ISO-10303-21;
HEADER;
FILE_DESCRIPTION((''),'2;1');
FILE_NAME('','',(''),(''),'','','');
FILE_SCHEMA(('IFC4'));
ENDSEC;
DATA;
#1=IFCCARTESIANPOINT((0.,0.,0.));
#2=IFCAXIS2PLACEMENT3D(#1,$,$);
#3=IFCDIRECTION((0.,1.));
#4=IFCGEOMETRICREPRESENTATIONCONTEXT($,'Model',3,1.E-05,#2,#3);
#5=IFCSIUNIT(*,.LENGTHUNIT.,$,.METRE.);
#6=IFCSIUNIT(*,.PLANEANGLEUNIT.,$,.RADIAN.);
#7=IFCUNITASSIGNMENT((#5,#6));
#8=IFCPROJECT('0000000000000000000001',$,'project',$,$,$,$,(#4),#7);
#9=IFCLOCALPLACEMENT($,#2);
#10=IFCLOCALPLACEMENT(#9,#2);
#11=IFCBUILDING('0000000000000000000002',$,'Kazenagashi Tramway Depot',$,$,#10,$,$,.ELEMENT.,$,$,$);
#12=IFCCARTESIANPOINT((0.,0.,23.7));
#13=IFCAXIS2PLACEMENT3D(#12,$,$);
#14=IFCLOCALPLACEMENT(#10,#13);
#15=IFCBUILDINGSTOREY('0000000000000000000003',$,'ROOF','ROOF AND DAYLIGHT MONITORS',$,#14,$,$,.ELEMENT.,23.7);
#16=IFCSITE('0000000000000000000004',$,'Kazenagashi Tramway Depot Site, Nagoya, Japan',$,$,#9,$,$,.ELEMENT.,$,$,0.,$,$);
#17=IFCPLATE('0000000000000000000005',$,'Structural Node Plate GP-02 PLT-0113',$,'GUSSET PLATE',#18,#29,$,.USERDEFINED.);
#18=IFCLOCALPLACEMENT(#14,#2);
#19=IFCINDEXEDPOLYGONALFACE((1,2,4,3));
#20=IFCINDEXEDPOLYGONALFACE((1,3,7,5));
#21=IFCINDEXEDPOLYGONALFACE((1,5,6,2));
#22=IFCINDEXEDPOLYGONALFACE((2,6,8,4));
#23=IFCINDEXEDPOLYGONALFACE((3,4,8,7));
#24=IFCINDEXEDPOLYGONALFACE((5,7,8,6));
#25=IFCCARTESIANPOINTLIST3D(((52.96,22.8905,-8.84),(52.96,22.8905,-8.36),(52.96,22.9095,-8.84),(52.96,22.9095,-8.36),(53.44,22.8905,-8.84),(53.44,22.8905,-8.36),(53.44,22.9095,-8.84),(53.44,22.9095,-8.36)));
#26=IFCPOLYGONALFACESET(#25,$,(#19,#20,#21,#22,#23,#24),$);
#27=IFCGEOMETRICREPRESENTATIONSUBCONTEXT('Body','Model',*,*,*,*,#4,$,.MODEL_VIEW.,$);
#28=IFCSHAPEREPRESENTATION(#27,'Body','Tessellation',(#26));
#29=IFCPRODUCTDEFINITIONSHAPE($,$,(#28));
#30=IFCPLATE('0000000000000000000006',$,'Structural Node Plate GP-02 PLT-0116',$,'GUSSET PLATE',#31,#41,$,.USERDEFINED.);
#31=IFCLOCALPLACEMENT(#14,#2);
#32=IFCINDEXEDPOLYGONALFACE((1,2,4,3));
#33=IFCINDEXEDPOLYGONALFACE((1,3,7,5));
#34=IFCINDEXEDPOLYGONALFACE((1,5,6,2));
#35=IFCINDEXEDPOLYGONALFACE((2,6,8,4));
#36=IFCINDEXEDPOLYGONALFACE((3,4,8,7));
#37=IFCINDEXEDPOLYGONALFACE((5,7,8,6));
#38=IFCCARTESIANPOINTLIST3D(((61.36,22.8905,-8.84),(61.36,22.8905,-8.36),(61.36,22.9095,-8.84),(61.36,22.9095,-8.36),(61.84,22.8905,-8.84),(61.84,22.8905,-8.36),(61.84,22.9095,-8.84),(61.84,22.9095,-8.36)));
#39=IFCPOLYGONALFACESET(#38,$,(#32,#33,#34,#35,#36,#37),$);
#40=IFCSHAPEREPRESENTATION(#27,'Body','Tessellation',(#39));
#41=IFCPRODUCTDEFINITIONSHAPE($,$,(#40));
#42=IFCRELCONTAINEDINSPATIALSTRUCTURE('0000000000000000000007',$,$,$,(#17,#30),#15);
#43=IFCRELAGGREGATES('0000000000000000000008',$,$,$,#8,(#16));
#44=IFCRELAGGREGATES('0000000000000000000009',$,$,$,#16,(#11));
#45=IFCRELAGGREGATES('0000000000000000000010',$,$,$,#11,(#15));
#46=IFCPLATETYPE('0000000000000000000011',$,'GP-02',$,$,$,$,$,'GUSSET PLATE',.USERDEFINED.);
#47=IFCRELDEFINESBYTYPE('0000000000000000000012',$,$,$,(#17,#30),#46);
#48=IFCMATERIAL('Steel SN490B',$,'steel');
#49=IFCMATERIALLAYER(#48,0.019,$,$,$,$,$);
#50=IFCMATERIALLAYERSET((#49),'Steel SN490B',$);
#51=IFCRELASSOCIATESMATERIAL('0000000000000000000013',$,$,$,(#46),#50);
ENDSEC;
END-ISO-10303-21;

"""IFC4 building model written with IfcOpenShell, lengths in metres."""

from ifc_helpers import new_model, si_unit, direction, frame, origin, origin_2d, place, context, subcontext, project, spatial, rectangle, extrude, material, layer, layer_set, type_object, element, save


model = new_model("IFC4")

# Units and contexts
model_context = context("Model", 3, precision=1e-05, world=origin(), true_north=direction((0.0, 1.0)))
body_context = subcontext(model_context, "Body", "Model", "MODEL_VIEW")
ifc_project = project(units=[si_unit("LENGTHUNIT", "METRE"), si_unit("PLANEANGLEUNIT", "RADIAN")], contexts=[model_context])

# Site, building, storey
site_placement = place(None, origin())
site = spatial("IfcSite", under=ifc_project, at=site_placement, Name="Kazenagashi Tramway Depot Site, Nagoya, Japan", CompositionType="ELEMENT", RefElevation=0.0)
building_placement = place(site_placement, origin())
building = spatial("IfcBuilding", under=site, at=building_placement, Name="Kazenagashi Tramway Depot", CompositionType="ELEMENT")
storey_placement = place(building_placement, frame((0.0, 0.0, 23.7)))
storey = spatial("IfcBuildingStorey", under=building, at=storey_placement, Name="ROOF", Description="ROOF AND DAYLIGHT MONITORS", CompositionType="ELEMENT", Elevation=23.7)

# Shared definitions
ifc_material_1 = material(Name="Steel SN490B", Category="steel")

# Plates
ifc_layer_1 = layer(ifc_material_1, 0.019)
ifc_layer_set_1 = layer_set([ifc_layer_1], Name="Steel SN490B")
plate_type_1 = type_object("IfcPlateType", Name="GP-02", ElementType="GUSSET PLATE", PredefinedType="USERDEFINED", material=ifc_layer_set_1)
for number, where, z_axis, x_axis, name in (
    (1, (53.2, 22.9, -8.84), (0.0, 0.0, 1.0), (1.0, 0.0, 0.0), "Structural Node Plate GP-02 PLT-0113"),
    (2, (61.6, 22.9, -8.84), (0.0, 0.0, 1.0), (1.0, 0.0, 0.0), "Structural Node Plate GP-02 PLT-0116"),
):
    element("IfcPlate", number, at=place(storey_placement, frame(where, z_axis=z_axis, x_axis=x_axis)), inside=storey, type_object=plate_type_1, Name=name, ObjectType="GUSSET PLATE", PredefinedType="USERDEFINED", context=body_context, shape_type="SweptSolid", body=[
        extrude(rectangle(XDim=0.48, YDim=0.019, at=origin_2d()), origin(), (0.0, 0.0, 1.0), 0.48),
    ])

save(model, "model.ifc")
